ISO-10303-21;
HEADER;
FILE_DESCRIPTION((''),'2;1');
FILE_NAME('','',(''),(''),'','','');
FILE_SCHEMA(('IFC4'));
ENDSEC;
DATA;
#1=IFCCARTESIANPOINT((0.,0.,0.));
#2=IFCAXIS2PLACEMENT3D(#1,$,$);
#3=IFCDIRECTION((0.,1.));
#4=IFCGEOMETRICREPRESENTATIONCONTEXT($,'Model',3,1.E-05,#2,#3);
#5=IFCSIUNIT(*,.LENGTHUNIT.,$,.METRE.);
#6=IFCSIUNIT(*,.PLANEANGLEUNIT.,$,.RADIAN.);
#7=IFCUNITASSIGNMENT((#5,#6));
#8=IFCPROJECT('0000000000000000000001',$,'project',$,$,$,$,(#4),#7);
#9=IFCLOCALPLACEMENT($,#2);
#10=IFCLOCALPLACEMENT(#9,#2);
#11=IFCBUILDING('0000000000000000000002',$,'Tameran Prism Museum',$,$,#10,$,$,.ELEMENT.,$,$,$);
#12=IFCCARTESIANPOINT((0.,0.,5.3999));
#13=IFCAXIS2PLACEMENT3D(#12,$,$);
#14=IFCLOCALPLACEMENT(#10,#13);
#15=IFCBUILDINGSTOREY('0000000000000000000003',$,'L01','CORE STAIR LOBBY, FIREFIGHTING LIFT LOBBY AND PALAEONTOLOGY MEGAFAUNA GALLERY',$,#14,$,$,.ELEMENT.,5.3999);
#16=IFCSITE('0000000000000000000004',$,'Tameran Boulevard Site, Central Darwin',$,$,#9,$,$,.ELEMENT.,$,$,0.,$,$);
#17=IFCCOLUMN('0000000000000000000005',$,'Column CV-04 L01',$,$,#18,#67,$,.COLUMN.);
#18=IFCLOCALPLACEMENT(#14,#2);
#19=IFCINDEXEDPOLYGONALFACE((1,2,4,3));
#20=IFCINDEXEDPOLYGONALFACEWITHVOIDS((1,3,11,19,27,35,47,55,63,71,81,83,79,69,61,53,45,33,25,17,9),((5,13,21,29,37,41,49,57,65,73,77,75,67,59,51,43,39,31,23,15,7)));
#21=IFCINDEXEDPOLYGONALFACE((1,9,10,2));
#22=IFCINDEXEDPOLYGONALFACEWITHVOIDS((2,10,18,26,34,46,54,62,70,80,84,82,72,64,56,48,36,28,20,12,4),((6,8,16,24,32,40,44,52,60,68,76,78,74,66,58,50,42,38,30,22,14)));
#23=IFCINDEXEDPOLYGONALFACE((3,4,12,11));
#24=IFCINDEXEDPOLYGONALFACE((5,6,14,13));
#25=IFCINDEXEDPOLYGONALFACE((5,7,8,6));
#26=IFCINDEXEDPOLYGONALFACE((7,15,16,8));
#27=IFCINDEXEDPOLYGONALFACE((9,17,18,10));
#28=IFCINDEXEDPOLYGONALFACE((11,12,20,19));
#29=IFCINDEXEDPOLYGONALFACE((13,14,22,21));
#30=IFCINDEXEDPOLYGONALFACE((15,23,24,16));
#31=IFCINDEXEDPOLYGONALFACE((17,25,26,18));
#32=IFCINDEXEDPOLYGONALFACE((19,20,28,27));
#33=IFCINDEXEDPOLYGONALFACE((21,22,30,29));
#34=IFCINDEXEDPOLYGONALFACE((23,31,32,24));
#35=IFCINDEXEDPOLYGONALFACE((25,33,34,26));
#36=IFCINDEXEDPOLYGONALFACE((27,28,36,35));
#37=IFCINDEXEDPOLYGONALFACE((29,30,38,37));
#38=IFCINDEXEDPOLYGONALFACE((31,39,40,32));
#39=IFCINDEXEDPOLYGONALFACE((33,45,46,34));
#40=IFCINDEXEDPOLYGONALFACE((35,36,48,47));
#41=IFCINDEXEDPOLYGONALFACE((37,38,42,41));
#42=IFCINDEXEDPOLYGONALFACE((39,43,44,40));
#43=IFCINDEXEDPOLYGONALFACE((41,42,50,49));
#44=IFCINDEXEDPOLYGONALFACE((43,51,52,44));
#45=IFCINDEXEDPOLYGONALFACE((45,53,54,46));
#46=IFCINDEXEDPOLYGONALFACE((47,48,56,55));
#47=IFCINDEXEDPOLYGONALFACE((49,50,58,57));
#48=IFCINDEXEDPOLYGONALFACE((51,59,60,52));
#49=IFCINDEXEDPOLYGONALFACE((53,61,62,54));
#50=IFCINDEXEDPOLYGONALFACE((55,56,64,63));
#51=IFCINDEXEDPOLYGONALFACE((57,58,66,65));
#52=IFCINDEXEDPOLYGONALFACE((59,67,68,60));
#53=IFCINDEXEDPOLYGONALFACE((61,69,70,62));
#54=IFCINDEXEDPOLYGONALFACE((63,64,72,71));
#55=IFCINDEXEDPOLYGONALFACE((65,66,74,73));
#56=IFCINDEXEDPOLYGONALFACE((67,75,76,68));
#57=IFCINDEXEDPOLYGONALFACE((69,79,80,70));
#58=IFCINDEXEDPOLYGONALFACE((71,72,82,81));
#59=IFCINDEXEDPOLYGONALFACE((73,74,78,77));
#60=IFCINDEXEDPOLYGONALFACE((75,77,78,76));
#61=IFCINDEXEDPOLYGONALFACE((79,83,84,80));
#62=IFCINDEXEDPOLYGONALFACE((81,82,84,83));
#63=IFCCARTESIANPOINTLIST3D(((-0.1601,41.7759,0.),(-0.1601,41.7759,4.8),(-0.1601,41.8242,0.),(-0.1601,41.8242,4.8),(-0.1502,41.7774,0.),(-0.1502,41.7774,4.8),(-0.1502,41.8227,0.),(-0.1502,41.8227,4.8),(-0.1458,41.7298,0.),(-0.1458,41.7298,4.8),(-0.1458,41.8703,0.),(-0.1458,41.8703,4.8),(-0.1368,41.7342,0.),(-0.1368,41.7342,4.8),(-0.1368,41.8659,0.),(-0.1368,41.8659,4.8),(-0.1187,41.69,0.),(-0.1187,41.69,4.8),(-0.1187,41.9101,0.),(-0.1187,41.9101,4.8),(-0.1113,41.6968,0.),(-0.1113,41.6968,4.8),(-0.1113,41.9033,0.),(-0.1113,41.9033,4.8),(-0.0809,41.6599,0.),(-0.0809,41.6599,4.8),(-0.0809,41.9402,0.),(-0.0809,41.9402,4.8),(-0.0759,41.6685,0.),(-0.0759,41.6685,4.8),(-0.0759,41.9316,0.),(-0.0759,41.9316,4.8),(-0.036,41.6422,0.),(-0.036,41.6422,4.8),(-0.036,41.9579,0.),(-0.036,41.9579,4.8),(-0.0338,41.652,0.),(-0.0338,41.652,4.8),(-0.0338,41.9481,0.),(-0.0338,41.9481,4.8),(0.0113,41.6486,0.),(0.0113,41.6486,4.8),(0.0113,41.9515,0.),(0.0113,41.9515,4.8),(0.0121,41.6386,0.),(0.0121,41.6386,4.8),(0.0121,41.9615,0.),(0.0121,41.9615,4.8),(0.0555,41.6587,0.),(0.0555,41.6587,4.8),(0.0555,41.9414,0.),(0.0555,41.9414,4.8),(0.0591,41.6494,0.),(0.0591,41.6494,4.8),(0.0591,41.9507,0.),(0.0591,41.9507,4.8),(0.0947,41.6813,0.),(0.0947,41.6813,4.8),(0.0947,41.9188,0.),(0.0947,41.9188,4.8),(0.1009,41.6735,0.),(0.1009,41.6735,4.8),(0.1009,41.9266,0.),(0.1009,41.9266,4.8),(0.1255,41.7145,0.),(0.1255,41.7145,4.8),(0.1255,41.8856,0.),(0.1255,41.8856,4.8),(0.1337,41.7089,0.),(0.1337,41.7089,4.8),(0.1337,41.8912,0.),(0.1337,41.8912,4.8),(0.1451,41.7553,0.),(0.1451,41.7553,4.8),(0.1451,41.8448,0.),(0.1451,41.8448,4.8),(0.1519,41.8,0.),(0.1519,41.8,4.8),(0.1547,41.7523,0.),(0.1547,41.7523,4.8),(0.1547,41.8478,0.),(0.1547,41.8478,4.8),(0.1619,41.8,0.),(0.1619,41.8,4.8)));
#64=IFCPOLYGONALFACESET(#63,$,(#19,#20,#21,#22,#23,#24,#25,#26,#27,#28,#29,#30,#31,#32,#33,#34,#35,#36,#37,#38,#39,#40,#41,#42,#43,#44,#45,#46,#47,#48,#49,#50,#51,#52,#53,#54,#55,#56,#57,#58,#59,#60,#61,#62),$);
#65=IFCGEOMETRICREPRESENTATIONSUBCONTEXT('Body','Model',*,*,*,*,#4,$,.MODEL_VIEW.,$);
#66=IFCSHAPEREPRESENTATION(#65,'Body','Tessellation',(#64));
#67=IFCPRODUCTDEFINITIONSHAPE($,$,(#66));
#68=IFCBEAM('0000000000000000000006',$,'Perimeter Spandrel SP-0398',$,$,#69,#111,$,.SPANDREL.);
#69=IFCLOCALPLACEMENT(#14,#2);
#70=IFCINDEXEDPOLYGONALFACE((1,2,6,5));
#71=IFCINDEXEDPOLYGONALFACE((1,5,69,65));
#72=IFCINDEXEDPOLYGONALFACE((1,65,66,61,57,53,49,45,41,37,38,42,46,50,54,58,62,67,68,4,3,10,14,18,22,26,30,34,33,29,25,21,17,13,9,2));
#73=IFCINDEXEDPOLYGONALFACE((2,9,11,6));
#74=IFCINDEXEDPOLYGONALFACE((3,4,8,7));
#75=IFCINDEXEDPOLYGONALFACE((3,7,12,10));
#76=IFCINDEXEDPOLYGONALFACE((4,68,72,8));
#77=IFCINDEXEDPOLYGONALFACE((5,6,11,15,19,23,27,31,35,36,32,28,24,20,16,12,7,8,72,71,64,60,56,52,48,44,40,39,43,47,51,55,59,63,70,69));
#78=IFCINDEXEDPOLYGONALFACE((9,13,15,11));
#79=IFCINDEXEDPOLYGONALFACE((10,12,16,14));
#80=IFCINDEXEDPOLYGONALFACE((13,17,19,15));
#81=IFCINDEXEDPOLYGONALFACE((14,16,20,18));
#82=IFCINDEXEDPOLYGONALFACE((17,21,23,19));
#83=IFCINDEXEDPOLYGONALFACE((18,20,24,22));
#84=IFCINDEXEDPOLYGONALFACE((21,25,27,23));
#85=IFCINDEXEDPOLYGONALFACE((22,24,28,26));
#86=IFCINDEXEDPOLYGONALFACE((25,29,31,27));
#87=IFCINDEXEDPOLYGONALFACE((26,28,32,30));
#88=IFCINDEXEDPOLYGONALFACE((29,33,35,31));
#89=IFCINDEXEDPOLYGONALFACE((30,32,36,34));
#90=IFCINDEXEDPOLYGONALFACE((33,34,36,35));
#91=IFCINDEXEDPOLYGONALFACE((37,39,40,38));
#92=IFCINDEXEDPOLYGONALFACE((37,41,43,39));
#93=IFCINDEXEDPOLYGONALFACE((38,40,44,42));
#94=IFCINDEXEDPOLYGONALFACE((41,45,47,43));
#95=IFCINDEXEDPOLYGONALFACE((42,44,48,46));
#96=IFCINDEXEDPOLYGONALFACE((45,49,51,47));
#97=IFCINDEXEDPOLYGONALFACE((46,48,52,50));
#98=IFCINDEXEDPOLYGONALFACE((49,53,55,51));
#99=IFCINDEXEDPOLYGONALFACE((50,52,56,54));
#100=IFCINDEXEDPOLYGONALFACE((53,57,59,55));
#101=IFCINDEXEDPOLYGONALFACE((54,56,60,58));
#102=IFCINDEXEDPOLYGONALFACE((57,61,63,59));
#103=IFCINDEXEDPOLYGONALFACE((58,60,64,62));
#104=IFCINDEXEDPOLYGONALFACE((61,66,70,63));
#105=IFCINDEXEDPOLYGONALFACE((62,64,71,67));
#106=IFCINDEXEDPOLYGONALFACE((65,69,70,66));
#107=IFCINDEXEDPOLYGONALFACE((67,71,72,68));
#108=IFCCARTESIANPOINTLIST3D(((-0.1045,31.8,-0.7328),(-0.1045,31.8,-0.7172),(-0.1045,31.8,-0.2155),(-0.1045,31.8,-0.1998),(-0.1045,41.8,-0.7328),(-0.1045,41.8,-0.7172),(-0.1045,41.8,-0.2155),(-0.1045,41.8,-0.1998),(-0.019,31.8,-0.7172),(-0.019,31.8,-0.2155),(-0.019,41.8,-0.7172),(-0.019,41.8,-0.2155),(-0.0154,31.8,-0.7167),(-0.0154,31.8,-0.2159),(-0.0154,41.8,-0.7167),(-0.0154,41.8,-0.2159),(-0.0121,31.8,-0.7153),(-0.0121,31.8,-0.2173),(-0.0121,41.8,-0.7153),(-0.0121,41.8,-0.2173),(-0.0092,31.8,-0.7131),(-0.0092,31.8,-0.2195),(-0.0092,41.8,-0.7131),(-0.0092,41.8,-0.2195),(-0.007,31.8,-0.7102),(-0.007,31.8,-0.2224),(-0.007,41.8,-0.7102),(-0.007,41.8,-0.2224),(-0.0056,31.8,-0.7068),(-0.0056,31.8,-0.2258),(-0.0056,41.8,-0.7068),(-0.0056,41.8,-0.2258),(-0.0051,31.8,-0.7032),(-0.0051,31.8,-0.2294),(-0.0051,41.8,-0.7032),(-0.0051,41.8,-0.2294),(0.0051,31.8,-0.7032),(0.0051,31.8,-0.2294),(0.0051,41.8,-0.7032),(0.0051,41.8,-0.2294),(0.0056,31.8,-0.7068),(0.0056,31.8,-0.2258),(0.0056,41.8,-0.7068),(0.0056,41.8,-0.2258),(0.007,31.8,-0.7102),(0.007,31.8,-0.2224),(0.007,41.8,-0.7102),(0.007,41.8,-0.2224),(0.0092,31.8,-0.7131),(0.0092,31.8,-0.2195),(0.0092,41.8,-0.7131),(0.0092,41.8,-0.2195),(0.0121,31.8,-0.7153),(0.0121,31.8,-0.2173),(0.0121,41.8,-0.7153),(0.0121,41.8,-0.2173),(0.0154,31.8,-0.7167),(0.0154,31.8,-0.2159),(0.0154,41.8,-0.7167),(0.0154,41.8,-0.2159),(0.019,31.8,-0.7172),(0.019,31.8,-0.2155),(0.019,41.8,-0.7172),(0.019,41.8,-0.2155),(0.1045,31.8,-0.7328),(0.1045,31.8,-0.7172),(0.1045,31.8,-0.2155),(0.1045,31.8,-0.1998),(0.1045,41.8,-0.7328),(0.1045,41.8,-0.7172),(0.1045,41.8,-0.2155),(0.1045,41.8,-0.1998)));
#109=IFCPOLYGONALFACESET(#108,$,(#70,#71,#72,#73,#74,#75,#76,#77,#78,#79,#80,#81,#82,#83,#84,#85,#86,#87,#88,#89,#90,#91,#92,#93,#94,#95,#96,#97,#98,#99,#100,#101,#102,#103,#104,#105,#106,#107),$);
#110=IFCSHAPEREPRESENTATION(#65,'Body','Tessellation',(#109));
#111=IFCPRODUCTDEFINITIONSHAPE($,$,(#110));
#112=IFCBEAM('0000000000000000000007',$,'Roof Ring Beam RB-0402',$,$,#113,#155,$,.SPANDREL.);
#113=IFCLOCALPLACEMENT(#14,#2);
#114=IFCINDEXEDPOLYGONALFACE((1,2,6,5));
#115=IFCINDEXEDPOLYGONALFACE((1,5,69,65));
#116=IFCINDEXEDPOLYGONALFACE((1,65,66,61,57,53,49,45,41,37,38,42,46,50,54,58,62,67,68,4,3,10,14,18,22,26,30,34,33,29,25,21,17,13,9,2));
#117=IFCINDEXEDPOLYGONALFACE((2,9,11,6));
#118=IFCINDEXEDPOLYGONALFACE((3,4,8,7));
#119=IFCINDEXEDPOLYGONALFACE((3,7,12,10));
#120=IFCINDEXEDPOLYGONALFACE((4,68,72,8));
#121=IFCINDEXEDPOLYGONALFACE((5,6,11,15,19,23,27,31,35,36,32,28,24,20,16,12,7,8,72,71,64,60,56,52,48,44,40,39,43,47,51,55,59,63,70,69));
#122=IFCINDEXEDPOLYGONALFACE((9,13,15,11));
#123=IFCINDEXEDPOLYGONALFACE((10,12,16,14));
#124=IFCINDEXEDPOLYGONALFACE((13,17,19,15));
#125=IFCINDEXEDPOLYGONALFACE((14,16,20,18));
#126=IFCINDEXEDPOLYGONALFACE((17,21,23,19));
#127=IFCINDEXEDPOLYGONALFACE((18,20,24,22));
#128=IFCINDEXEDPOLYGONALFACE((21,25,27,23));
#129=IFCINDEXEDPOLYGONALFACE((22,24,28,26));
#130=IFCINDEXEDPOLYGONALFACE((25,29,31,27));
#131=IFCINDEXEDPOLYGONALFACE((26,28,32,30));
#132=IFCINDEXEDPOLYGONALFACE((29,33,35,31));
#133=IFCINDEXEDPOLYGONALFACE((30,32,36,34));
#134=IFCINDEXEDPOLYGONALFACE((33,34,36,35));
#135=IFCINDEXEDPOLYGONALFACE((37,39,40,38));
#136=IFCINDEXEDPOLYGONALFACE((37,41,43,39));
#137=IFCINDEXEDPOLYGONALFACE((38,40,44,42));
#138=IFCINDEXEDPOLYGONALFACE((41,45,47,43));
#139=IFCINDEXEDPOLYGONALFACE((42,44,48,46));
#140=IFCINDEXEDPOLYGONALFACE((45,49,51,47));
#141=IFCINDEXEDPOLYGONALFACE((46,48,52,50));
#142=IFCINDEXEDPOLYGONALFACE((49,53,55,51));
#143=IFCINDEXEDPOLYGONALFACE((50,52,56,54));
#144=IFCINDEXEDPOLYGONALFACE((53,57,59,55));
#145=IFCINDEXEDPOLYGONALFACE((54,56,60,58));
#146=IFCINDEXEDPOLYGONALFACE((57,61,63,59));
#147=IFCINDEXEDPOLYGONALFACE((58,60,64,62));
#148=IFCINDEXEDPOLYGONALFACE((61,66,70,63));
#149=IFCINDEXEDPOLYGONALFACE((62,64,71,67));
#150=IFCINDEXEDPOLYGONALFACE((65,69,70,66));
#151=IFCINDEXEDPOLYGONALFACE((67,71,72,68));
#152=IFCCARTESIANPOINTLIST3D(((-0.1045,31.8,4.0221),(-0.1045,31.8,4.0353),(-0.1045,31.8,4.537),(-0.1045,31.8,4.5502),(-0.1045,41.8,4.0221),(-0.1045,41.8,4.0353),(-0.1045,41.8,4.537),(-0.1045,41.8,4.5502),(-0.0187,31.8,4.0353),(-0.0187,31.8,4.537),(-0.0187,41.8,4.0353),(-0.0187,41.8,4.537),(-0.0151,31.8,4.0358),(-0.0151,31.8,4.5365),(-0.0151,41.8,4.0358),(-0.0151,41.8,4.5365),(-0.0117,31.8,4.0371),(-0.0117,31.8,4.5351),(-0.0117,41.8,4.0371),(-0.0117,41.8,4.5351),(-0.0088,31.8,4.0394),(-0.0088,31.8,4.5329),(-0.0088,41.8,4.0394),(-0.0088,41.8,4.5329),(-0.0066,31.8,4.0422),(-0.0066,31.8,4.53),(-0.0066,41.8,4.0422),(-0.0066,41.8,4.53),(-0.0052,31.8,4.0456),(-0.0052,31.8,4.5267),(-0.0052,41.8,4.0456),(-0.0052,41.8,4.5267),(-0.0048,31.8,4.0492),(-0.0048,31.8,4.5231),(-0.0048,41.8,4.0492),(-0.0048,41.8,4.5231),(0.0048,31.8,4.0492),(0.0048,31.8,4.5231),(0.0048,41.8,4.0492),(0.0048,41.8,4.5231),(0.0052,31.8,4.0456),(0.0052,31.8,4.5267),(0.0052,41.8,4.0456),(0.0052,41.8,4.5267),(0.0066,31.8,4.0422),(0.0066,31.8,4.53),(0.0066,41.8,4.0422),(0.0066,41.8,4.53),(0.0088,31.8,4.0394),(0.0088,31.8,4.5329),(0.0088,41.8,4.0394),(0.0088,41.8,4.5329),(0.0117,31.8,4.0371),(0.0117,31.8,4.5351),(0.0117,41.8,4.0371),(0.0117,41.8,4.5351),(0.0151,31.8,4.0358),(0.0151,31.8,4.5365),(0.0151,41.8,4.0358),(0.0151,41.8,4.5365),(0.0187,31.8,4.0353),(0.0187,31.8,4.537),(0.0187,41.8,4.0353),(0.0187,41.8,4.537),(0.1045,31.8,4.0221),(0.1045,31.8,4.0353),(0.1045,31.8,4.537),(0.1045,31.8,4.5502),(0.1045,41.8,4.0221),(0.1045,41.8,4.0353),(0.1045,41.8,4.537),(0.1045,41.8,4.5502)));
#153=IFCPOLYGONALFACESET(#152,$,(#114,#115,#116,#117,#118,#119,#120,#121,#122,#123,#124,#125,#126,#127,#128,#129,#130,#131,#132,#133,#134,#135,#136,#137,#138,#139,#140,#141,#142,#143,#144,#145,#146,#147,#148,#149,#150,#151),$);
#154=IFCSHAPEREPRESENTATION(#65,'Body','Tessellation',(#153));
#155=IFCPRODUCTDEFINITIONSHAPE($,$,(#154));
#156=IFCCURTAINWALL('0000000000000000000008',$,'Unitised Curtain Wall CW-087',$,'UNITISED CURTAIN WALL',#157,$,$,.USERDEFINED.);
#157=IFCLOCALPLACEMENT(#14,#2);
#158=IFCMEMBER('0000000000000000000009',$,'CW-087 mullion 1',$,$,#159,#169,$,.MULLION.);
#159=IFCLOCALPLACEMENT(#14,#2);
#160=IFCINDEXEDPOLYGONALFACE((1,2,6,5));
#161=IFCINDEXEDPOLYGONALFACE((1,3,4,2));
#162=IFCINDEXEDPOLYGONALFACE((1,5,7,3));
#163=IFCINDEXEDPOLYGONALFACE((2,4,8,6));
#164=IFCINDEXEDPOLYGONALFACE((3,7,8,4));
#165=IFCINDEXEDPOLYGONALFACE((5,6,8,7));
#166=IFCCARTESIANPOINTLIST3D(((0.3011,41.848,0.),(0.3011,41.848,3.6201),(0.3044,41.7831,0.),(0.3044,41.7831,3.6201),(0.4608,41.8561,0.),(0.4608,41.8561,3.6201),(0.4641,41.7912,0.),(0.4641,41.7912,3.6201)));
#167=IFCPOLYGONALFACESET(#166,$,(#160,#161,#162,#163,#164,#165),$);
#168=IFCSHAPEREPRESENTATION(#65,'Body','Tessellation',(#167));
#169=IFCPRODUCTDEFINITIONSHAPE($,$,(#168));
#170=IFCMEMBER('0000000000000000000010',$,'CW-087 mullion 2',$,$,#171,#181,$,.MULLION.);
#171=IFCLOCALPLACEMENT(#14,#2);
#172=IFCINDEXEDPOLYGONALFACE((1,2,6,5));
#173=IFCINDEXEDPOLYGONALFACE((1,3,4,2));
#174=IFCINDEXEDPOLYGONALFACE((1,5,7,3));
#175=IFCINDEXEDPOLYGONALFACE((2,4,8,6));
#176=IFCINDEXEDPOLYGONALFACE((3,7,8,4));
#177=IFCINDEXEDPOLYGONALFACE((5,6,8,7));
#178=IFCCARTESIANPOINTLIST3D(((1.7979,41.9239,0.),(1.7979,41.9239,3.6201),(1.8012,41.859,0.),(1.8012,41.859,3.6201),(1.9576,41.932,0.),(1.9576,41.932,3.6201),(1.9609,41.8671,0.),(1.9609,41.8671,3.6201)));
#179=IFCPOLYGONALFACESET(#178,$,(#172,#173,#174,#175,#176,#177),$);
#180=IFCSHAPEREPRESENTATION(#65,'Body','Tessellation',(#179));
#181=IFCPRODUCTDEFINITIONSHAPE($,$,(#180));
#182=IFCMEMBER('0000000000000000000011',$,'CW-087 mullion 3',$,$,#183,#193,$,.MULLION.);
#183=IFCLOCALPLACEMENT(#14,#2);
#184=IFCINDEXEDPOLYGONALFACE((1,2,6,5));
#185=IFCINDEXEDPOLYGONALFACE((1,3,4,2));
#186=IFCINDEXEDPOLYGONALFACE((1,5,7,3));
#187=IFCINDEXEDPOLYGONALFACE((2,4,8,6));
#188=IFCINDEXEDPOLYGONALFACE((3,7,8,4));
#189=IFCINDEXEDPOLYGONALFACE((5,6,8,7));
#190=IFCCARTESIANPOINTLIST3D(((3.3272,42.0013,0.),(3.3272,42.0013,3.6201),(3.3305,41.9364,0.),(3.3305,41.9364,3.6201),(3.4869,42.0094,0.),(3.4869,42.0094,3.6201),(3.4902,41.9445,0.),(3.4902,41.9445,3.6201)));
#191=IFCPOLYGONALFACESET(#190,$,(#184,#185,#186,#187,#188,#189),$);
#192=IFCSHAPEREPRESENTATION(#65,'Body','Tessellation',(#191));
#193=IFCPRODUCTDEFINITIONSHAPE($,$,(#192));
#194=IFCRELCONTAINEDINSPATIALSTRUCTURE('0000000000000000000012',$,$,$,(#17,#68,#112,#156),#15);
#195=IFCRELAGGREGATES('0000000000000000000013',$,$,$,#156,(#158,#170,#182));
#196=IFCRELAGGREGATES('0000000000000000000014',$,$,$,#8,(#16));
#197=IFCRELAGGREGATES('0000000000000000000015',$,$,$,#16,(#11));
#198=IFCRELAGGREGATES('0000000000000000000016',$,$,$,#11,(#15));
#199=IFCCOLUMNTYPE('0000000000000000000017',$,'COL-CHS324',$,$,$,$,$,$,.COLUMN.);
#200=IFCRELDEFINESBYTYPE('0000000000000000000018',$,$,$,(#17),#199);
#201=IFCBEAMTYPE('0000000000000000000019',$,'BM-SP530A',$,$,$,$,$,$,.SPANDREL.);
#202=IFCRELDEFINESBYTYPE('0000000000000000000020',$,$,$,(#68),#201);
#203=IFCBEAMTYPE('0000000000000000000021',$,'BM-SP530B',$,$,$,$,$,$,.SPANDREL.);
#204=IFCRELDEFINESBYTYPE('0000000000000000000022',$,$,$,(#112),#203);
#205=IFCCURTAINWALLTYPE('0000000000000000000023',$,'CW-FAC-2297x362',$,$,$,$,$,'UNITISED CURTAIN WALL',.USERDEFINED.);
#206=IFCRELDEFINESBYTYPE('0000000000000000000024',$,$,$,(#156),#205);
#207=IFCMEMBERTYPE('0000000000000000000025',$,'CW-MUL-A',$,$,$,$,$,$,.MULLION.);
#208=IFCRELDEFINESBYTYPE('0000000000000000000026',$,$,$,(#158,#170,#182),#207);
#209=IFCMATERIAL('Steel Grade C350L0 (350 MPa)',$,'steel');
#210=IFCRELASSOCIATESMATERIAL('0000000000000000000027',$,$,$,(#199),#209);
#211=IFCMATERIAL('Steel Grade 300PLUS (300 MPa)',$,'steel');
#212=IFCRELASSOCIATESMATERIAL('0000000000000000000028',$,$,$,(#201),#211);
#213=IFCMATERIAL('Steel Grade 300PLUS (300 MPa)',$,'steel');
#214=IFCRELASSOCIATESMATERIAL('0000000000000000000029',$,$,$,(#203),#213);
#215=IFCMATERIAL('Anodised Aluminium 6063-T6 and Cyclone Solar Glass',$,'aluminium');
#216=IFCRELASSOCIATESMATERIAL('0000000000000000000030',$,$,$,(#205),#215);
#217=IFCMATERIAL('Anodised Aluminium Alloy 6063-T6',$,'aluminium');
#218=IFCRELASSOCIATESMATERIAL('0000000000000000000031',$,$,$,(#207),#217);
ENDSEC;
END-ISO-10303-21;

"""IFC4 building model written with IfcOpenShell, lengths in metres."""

from ifc_helpers import new_model, si_unit, direction, frame, origin, origin_2d, place, context, subcontext, project, spatial, rectangle, hollow_circle, i_section, extrude, material, material_profile, profile_set, type_object, element, aggregate, save


model = new_model("IFC4")

# Units and contexts
model_context = context("Model", 3, precision=1e-05, world=origin(), true_north=direction((0.0, 1.0)))
body_context = subcontext(model_context, "Body", "Model", "MODEL_VIEW")
ifc_project = project(units=[si_unit("LENGTHUNIT", "METRE"), si_unit("PLANEANGLEUNIT", "RADIAN")], contexts=[model_context])

# Site, building, storey
site_placement = place(None, origin())
site = spatial("IfcSite", under=ifc_project, at=site_placement, Name="Tameran Boulevard Site, Central Darwin", CompositionType="ELEMENT", RefElevation=0.0)
building_placement = place(site_placement, origin())
building = spatial("IfcBuilding", under=site, at=building_placement, Name="Tameran Prism Museum", CompositionType="ELEMENT")
storey_placement = place(building_placement, frame((0.0, 0.0, 5.3999)))
storey = spatial("IfcBuildingStorey", under=building, at=storey_placement, Name="L01", Description="CORE STAIR LOBBY, FIREFIGHTING LIFT LOBBY AND PALAEONTOLOGY MEGAFAUNA GALLERY", CompositionType="ELEMENT", Elevation=5.3999)

# Column
ifc_material_1 = material(Name="Steel Grade C350L0 (350 MPa)", Category="steel")
ifc_material_profile_1 = material_profile(ifc_material_1, hollow_circle(Radius=0.1619, WallThickness=0.01, at=origin_2d()))
ifc_profile_set_1 = profile_set([ifc_material_profile_1])
column_type = type_object("IfcColumnType", Name="COL-CHS324", PredefinedType="COLUMN", material=ifc_profile_set_1)
column_placement = place(storey_placement, frame((0.0, 41.8, 0.0), z_axis=(0.0, 0.0, 1.0), x_axis=(1.0, 0.0, 0.0)))
element("IfcColumn", 1, at=column_placement, inside=storey, type_object=column_type, Name="Column CV-04 L01", PredefinedType="COLUMN", context=body_context, shape_type="SweptSolid", body=[
    extrude(hollow_circle(Radius=0.1619, WallThickness=0.01, at=origin_2d()), origin(), (0.0, 0.0, 1.0), 4.8),
])

# Beams
ifc_material_2 = material(Name="Steel Grade 300PLUS (300 MPa)", Category="steel")
ifc_material_profile_2 = material_profile(ifc_material_2, i_section(OverallWidth=0.209, OverallDepth=0.533, WebThickness=0.0103, FlangeThickness=0.0156, FilletRadius=0.0139, at=origin_2d()))
ifc_profile_set_2 = profile_set([ifc_material_profile_2])
beam_type_1 = type_object("IfcBeamType", Name="BM-SP530A", PredefinedType="SPANDREL", material=ifc_profile_set_2)
beam_1_placement = place(storey_placement, frame((0.0, 41.8, -0.4663), z_axis=(0.0, -1.0, 0.0), x_axis=(1.0, 0.0, 0.0)))
element("IfcBeam", 2, at=beam_1_placement, inside=storey, type_object=beam_type_1, Name="Perimeter Spandrel SP-0398", PredefinedType="SPANDREL", context=body_context, shape_type="SweptSolid", body=[
    extrude(i_section(OverallWidth=0.209, OverallDepth=0.533, WebThickness=0.0103, FlangeThickness=0.0156, FilletRadius=0.0139, at=origin_2d()), origin(), (0.0, 0.0, 1.0), 10.0),
])
ifc_material_3 = material(Name="Steel Grade 300PLUS (300 MPa)", Category="steel")
ifc_material_profile_3 = material_profile(ifc_material_3, i_section(OverallWidth=0.209, OverallDepth=0.5281, WebThickness=0.0095, FlangeThickness=0.0132, FilletRadius=0.0139, at=origin_2d()))
ifc_profile_set_3 = profile_set([ifc_material_profile_3])
beam_type_2 = type_object("IfcBeamType", Name="BM-SP530B", PredefinedType="SPANDREL", material=ifc_profile_set_3)
beam_2_placement = place(storey_placement, frame((0.0, 41.8, 4.2861), z_axis=(0.0, -1.0, 0.0), x_axis=(1.0, 0.0, 0.0)))
element("IfcBeam", 3, at=beam_2_placement, inside=storey, type_object=beam_type_2, Name="Roof Ring Beam RB-0402", PredefinedType="SPANDREL", context=body_context, shape_type="SweptSolid", body=[
    extrude(i_section(OverallWidth=0.209, OverallDepth=0.5281, WebThickness=0.0095, FlangeThickness=0.0132, FilletRadius=0.0139, at=origin_2d()), origin(), (0.0, 0.0, 1.0), 10.0),
])

# Curtain wall, members
ifc_material_4 = material(Name="Anodised Aluminium 6063-T6 and Cyclone Solar Glass", Category="aluminium")
curtain_wall_type_1 = type_object("IfcCurtainWallType", Name="CW-FAC-2297x362", ElementType="UNITISED CURTAIN WALL", PredefinedType="USERDEFINED", material=ifc_material_4)
curtain_wall_1_placement = place(storey_placement, origin())
curtain_wall_1 = element("IfcCurtainWall", 4, at=curtain_wall_1_placement, inside=storey, type_object=curtain_wall_type_1, Name="Unitised Curtain Wall CW-087", ObjectType="UNITISED CURTAIN WALL", PredefinedType="USERDEFINED")
ifc_material_5 = material(Name="Anodised Aluminium Alloy 6063-T6", Category="aluminium")
ifc_material_profile_4 = material_profile(ifc_material_5, rectangle(XDim=0.0649, YDim=0.1599, at=origin_2d()))
ifc_profile_set_4 = profile_set([ifc_material_profile_4])
member_type_1 = type_object("IfcMemberType", Name="CW-MUL-A", PredefinedType="MULLION", material=ifc_profile_set_4)
member_1_placement = place(storey_placement, frame((0.3826, 41.8196, 0.0), z_axis=(0.0, 0.0, 1.0), x_axis=(-0.050546, 0.998722, 0.0)))
member_1 = element("IfcMember", 5, at=member_1_placement, type_object=member_type_1, Name="CW-087 mullion 1", PredefinedType="MULLION", context=body_context, shape_type="SweptSolid", body=[
    extrude(rectangle(XDim=0.0649, YDim=0.1599, at=origin_2d()), origin(), (0.0, 0.0, 1.0), 3.6201),
])
member_2_placement = place(storey_placement, frame((1.8794, 41.8955, 0.0), z_axis=(0.0, 0.0, 1.0), x_axis=(-0.050546, 0.998722, 0.0)))
member_2 = element("IfcMember", 6, at=member_2_placement, type_object=member_type_1, Name="CW-087 mullion 2", PredefinedType="MULLION", context=body_context, shape_type="SweptSolid", body=[
    extrude(rectangle(XDim=0.0649, YDim=0.1599, at=origin_2d()), origin(), (0.0, 0.0, 1.0), 3.6201),
])
member_3_placement = place(storey_placement, frame((3.4087, 41.9729, 0.0), z_axis=(0.0, 0.0, 1.0), x_axis=(-0.050546, 0.998722, 0.0)))
member_3 = element("IfcMember", 7, at=member_3_placement, type_object=member_type_1, Name="CW-087 mullion 3", PredefinedType="MULLION", context=body_context, shape_type="SweptSolid", body=[
    extrude(rectangle(XDim=0.0649, YDim=0.1599, at=origin_2d()), origin(), (0.0, 0.0, 1.0), 3.6201),
])

aggregate(curtain_wall_1, [member_1, member_2, member_3])

save(model, "model.ifc")
